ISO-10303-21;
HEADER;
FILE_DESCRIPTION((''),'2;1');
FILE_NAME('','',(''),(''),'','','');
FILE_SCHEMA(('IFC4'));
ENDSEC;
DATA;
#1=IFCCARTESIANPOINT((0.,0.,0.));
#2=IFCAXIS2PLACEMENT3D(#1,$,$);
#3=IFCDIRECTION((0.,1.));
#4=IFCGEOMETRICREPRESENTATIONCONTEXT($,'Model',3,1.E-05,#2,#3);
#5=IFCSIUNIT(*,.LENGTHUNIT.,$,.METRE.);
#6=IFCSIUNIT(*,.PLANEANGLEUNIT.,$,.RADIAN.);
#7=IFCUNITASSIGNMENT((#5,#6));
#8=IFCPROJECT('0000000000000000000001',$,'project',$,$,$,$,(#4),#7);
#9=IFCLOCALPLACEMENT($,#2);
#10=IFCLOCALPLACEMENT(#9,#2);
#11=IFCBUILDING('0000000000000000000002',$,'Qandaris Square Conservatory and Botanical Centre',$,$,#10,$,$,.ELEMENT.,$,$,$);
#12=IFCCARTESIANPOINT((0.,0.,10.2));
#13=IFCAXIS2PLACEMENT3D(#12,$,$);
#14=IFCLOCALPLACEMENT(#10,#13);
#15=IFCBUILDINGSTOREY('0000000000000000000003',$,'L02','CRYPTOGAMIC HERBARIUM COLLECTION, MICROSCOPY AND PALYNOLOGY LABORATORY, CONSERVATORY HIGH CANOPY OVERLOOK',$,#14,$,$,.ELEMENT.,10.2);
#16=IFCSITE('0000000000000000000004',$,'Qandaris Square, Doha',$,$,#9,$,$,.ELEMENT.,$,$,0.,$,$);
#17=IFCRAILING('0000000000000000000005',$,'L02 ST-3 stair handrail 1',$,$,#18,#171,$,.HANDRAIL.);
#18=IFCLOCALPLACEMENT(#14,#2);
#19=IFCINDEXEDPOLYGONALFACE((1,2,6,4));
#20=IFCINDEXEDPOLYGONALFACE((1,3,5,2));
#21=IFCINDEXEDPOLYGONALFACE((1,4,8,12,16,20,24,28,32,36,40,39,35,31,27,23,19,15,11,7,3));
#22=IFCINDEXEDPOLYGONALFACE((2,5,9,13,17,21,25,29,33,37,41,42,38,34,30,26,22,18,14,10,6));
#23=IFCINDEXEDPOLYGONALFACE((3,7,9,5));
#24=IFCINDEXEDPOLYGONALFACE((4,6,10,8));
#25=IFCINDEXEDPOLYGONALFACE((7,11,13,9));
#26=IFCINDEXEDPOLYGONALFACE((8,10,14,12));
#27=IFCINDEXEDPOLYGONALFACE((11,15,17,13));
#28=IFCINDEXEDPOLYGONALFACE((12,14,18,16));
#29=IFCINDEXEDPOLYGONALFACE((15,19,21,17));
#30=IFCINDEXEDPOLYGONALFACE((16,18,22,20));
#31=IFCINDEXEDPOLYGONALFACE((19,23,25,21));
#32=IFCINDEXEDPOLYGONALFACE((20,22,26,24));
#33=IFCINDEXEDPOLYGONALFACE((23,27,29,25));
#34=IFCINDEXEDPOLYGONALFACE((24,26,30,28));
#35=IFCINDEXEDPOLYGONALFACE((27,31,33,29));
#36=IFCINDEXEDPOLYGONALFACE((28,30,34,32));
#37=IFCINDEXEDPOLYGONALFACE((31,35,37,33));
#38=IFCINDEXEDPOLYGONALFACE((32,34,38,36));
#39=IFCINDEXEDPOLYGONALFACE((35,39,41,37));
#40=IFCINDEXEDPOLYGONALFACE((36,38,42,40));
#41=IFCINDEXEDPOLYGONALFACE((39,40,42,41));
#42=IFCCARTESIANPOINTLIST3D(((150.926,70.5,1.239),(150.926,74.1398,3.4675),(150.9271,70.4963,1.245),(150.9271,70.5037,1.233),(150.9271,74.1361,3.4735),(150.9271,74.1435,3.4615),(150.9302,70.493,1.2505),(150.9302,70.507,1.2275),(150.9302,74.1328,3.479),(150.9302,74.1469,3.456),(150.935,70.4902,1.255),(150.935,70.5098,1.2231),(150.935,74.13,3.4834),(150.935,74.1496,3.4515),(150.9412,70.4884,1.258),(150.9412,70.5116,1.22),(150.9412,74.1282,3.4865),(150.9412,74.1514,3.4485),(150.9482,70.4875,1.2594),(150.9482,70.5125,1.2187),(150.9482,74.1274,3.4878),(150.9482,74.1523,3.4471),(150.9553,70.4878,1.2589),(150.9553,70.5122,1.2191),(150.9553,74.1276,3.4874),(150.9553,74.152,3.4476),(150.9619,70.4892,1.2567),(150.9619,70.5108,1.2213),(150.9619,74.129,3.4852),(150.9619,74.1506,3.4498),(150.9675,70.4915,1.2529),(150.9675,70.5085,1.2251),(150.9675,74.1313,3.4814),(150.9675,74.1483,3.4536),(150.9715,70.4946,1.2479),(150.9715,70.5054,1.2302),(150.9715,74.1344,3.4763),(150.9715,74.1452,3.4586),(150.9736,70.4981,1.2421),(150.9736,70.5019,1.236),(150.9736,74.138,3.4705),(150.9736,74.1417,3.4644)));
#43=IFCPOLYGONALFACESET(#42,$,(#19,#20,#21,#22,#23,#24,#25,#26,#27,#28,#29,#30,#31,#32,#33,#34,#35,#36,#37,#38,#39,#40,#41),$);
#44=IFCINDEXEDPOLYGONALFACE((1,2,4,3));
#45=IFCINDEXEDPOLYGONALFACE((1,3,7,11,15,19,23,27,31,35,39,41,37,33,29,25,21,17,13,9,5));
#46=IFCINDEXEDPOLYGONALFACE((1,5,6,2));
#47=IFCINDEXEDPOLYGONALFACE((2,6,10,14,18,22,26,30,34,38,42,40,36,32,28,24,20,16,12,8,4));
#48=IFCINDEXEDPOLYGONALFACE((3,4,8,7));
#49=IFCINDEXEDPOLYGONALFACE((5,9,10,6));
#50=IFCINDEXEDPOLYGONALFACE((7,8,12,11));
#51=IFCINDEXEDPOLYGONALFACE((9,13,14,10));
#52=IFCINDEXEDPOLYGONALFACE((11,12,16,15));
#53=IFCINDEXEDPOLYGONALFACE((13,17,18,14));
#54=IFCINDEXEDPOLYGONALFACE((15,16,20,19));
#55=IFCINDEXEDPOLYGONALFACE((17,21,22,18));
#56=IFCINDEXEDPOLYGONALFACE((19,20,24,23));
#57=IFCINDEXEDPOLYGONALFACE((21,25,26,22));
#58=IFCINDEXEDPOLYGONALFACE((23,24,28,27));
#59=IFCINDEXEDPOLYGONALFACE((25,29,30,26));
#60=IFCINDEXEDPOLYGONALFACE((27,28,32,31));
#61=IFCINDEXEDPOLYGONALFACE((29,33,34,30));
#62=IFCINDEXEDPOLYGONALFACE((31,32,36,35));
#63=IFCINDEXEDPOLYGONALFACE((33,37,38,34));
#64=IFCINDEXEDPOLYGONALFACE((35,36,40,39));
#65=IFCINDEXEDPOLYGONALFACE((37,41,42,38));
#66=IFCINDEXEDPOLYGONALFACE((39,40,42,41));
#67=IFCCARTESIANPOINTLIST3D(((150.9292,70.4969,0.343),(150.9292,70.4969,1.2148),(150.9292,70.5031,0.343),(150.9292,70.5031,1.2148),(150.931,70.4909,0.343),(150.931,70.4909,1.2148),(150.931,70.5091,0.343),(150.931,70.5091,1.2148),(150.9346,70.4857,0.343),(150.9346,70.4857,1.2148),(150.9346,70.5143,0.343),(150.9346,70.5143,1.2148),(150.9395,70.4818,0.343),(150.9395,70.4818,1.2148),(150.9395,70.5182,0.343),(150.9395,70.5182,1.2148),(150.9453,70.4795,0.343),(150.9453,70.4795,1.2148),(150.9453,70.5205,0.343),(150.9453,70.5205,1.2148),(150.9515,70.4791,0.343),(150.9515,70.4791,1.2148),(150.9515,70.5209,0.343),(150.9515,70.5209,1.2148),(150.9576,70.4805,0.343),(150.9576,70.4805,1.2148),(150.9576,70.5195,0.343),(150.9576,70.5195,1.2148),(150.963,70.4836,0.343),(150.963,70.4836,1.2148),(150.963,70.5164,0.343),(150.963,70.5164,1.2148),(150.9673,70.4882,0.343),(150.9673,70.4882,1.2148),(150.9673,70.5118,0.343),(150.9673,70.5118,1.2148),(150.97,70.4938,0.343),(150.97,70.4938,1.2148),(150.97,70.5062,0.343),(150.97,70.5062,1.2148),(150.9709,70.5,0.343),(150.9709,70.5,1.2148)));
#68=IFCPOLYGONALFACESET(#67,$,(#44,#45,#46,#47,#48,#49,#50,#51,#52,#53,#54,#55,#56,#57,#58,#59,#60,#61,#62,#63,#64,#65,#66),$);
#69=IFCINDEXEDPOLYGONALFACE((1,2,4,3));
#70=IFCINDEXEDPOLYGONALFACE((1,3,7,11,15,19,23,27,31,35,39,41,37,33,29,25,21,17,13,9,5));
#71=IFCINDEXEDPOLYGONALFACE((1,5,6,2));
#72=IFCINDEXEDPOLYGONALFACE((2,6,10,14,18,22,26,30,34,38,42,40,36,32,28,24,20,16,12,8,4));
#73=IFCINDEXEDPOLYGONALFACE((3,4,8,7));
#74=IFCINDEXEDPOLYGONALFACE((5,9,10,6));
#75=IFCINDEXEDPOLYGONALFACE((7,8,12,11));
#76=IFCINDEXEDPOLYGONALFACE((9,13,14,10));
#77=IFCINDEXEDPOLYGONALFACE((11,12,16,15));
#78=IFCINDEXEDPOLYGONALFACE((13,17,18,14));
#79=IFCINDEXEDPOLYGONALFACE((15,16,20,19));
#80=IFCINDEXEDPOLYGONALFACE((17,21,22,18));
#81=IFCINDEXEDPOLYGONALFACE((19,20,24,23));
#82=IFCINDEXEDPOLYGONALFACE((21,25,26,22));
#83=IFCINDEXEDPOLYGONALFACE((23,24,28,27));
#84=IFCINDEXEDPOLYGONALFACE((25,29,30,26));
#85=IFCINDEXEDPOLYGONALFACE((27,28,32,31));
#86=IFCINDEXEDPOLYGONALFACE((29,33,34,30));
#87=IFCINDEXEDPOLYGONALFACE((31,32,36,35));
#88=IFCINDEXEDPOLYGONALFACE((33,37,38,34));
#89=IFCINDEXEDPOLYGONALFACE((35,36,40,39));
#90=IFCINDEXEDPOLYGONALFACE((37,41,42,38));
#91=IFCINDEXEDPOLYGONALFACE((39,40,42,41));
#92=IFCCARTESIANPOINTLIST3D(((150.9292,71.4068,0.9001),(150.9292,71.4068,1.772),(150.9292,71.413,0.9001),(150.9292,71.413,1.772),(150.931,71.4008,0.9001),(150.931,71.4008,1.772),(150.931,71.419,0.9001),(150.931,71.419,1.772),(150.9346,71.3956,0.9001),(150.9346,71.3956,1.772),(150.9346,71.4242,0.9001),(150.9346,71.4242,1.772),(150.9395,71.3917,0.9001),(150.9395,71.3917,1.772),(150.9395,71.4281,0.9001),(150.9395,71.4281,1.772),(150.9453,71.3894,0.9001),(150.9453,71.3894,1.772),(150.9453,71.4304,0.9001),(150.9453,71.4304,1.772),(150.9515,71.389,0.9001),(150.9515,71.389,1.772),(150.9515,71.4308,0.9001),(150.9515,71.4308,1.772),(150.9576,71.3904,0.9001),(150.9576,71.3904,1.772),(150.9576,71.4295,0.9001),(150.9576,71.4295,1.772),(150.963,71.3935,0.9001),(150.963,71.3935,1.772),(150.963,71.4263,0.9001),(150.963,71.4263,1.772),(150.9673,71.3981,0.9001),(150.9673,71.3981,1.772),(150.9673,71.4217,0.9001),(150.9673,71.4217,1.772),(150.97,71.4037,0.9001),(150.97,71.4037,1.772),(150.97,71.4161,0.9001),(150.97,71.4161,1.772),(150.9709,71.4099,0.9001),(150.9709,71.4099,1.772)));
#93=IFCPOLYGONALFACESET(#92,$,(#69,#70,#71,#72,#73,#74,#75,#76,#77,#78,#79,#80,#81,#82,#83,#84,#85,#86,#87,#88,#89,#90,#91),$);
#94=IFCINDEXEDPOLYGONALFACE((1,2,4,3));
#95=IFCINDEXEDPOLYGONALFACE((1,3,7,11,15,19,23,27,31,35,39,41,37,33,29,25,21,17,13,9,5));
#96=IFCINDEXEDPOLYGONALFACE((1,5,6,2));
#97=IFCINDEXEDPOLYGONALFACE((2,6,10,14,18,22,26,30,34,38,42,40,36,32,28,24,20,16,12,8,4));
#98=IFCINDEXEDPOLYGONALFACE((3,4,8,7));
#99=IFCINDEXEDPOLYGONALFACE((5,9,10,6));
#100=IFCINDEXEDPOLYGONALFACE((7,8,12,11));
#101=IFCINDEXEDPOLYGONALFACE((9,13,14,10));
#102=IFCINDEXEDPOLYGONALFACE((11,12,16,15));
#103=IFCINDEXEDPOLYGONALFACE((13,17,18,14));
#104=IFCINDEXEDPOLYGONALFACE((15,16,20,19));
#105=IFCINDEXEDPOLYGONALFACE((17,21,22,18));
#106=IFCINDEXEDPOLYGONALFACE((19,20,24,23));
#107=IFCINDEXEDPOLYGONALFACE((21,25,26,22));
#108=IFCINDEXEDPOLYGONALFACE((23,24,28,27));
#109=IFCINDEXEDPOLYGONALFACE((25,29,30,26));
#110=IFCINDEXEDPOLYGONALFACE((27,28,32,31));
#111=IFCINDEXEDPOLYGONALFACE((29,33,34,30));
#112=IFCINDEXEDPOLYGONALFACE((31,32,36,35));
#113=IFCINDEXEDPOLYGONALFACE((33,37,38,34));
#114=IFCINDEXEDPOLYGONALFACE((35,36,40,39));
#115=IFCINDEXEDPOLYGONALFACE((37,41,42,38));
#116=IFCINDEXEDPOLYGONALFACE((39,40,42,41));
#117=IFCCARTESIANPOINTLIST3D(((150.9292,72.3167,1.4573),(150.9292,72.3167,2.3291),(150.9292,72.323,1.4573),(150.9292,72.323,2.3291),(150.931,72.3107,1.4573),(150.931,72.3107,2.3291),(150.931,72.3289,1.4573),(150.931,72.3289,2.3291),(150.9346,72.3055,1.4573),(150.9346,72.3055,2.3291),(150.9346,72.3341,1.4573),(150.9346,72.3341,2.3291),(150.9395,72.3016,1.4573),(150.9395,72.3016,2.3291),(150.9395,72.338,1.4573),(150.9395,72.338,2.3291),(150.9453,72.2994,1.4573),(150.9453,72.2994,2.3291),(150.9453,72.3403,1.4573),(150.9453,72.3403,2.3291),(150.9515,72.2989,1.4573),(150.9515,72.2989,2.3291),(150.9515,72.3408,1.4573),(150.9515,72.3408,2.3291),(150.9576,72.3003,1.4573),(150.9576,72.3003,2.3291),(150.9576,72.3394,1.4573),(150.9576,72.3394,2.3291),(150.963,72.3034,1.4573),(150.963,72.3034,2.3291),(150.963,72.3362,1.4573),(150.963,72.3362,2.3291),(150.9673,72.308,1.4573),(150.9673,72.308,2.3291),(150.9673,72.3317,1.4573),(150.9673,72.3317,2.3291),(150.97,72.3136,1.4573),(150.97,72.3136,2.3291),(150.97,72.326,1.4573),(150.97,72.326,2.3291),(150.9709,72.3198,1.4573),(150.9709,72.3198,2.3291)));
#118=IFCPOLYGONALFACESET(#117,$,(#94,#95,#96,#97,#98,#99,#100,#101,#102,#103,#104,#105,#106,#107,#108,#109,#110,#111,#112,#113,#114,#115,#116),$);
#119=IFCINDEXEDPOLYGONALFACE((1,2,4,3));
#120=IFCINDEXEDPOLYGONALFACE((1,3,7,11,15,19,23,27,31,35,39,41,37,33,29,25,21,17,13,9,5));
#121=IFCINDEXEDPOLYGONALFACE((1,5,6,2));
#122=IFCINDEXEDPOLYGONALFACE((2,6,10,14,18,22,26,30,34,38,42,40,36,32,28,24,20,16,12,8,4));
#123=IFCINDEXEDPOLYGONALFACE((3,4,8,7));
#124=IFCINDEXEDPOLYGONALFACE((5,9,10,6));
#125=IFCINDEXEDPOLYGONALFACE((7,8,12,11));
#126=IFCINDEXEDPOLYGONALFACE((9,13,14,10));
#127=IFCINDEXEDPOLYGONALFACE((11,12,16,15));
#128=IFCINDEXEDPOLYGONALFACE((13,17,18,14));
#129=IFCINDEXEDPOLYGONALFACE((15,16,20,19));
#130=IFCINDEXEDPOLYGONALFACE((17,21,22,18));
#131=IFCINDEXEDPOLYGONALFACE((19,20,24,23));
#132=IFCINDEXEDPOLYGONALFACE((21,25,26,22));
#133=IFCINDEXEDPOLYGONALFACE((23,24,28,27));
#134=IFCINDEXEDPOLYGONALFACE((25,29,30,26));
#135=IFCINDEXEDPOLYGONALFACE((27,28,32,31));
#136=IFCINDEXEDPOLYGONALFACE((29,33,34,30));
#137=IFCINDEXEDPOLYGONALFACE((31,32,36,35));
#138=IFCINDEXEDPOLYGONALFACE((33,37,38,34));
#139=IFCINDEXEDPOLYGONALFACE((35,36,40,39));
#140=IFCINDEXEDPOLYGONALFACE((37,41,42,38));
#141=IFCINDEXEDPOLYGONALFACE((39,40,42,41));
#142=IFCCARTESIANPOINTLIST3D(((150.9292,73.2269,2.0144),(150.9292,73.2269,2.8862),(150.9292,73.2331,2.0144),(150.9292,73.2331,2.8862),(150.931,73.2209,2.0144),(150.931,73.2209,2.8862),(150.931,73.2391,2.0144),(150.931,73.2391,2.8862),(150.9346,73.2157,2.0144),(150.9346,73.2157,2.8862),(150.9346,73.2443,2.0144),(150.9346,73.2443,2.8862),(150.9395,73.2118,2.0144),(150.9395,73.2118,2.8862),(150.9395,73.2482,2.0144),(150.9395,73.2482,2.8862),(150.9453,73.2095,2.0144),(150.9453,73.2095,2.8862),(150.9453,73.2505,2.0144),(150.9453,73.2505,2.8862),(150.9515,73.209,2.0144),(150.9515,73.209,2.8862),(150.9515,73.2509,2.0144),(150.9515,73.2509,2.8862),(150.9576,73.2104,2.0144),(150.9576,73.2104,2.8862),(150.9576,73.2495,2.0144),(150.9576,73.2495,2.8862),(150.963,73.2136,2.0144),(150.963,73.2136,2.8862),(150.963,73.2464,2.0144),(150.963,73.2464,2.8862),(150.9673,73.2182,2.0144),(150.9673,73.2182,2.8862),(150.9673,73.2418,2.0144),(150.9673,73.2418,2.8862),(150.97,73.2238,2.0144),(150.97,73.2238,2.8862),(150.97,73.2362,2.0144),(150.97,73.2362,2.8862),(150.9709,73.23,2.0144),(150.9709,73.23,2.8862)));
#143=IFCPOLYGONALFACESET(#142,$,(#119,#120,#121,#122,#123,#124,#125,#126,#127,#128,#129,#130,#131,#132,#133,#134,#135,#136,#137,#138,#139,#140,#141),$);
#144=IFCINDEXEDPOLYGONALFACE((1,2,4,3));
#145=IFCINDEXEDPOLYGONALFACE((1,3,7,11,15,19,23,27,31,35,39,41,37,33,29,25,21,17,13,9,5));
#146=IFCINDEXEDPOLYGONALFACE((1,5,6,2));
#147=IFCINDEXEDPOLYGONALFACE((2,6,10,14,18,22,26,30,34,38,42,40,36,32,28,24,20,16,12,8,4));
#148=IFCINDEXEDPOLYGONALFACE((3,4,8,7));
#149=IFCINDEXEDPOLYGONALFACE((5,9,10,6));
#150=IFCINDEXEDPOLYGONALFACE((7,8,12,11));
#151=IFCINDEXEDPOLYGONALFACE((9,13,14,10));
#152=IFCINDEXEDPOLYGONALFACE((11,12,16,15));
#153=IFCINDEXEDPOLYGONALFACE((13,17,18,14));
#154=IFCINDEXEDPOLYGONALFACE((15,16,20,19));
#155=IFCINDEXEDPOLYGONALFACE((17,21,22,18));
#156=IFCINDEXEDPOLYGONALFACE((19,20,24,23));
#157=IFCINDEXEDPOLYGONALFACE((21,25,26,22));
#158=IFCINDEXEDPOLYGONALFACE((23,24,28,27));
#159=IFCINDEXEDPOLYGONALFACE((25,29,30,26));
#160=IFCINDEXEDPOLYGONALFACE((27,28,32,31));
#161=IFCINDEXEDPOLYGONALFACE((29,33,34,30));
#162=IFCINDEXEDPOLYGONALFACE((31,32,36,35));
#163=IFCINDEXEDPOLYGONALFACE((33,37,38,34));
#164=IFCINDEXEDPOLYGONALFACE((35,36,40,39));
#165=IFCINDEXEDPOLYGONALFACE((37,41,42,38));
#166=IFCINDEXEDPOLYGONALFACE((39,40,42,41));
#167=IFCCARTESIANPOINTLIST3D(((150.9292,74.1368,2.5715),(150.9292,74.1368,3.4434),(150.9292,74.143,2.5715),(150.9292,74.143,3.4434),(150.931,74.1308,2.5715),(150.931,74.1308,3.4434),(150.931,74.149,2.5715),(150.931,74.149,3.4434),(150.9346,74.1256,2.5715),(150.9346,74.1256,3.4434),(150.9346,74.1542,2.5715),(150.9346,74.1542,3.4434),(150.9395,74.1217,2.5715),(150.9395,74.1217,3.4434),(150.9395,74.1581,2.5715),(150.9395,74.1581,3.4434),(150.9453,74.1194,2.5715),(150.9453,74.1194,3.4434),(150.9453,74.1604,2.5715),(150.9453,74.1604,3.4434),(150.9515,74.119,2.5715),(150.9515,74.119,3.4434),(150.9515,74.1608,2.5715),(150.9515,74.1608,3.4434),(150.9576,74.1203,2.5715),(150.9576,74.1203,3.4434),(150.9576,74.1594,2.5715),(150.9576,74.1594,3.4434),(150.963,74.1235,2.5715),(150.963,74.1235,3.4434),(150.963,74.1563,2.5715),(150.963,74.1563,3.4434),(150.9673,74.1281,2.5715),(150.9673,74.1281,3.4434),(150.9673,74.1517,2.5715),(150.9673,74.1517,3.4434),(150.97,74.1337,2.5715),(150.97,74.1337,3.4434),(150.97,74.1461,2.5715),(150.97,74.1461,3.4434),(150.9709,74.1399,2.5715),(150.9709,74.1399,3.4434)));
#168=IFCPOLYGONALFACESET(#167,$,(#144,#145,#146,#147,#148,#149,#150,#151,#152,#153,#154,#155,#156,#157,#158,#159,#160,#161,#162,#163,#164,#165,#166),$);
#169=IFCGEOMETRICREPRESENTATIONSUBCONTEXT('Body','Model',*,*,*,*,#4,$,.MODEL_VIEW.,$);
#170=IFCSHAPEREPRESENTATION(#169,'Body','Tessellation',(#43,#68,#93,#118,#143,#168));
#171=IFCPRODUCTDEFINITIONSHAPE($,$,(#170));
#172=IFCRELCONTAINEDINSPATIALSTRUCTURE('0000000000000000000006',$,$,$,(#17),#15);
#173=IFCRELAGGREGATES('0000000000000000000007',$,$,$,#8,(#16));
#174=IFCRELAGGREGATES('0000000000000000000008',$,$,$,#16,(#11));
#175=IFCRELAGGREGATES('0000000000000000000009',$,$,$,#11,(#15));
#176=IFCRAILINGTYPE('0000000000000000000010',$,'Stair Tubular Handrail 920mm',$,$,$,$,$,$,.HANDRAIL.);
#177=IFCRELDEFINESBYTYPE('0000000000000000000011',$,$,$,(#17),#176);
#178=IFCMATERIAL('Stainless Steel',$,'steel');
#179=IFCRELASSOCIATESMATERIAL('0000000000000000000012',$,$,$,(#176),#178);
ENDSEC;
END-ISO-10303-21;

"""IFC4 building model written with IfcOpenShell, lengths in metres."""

from ifc_helpers import new_model, si_unit, direction, frame, origin, origin_2d, place, context, subcontext, project, spatial, circle, extrude, material, type_object, element, save


model = new_model("IFC4")

# Units and contexts
model_context = context("Model", 3, precision=1e-05, world=origin(), true_north=direction((0.0, 1.0)))
body_context = subcontext(model_context, "Body", "Model", "MODEL_VIEW")
ifc_project = project(units=[si_unit("LENGTHUNIT", "METRE"), si_unit("PLANEANGLEUNIT", "RADIAN")], contexts=[model_context])

# Site, building, storey
site_placement = place(None, origin())
site = spatial("IfcSite", under=ifc_project, at=site_placement, Name="Qandaris Square, Doha", CompositionType="ELEMENT", RefElevation=0.0)
building_placement = place(site_placement, origin())
building = spatial("IfcBuilding", under=site, at=building_placement, Name="Qandaris Square Conservatory and Botanical Centre", CompositionType="ELEMENT")
storey_placement = place(building_placement, frame((0.0, 0.0, 10.2)))
storey = spatial("IfcBuildingStorey", under=building, at=storey_placement, Name="L02", Description="CRYPTOGAMIC HERBARIUM COLLECTION, MICROSCOPY AND PALYNOLOGY LABORATORY, CONSERVATORY HIGH CANOPY OVERLOOK", CompositionType="ELEMENT", Elevation=10.2)

# Railing
ifc_material_1 = material(Name="Stainless Steel", Category="steel")
railing_type_1 = type_object("IfcRailingType", Name="Stair Tubular Handrail 920mm", PredefinedType="HANDRAIL", material=ifc_material_1)
railing_1_placement = place(storey_placement, frame((150.95, 70.5, 0.343)))
element("IfcRailing", 1, at=railing_1_placement, inside=storey, type_object=railing_type_1, Name="L02 ST-3 stair handrail 1", PredefinedType="HANDRAIL", context=body_context, shape_type="SweptSolid", body=[
    extrude(circle(Radius=0.0239, at=origin_2d()), frame((0.0, 0.0, 0.896), z_axis=(0.0, 0.85285, 0.522156), x_axis=(-1.0, 0.0, 0.0)), (0.0, 0.0, 1.0), 4.2678),
    extrude(circle(Radius=0.021, at=origin_2d()), origin(), (0.0, 0.0, 1.0), 0.8718),
    extrude(circle(Radius=0.021, at=origin_2d()), frame((0.0, 0.9099, 0.5571)), (0.0, 0.0, 1.0), 0.8718),
    extrude(circle(Radius=0.021, at=origin_2d()), frame((0.0, 1.8198, 1.1143)), (0.0, 0.0, 1.0), 0.8718),
    extrude(circle(Radius=0.021, at=origin_2d()), frame((0.0, 2.73, 1.6714)), (0.0, 0.0, 1.0), 0.8718),
    extrude(circle(Radius=0.021, at=origin_2d()), frame((0.0, 3.6399, 2.2285)), (0.0, 0.0, 1.0), 0.8718),
])

save(model, "model.ifc")
